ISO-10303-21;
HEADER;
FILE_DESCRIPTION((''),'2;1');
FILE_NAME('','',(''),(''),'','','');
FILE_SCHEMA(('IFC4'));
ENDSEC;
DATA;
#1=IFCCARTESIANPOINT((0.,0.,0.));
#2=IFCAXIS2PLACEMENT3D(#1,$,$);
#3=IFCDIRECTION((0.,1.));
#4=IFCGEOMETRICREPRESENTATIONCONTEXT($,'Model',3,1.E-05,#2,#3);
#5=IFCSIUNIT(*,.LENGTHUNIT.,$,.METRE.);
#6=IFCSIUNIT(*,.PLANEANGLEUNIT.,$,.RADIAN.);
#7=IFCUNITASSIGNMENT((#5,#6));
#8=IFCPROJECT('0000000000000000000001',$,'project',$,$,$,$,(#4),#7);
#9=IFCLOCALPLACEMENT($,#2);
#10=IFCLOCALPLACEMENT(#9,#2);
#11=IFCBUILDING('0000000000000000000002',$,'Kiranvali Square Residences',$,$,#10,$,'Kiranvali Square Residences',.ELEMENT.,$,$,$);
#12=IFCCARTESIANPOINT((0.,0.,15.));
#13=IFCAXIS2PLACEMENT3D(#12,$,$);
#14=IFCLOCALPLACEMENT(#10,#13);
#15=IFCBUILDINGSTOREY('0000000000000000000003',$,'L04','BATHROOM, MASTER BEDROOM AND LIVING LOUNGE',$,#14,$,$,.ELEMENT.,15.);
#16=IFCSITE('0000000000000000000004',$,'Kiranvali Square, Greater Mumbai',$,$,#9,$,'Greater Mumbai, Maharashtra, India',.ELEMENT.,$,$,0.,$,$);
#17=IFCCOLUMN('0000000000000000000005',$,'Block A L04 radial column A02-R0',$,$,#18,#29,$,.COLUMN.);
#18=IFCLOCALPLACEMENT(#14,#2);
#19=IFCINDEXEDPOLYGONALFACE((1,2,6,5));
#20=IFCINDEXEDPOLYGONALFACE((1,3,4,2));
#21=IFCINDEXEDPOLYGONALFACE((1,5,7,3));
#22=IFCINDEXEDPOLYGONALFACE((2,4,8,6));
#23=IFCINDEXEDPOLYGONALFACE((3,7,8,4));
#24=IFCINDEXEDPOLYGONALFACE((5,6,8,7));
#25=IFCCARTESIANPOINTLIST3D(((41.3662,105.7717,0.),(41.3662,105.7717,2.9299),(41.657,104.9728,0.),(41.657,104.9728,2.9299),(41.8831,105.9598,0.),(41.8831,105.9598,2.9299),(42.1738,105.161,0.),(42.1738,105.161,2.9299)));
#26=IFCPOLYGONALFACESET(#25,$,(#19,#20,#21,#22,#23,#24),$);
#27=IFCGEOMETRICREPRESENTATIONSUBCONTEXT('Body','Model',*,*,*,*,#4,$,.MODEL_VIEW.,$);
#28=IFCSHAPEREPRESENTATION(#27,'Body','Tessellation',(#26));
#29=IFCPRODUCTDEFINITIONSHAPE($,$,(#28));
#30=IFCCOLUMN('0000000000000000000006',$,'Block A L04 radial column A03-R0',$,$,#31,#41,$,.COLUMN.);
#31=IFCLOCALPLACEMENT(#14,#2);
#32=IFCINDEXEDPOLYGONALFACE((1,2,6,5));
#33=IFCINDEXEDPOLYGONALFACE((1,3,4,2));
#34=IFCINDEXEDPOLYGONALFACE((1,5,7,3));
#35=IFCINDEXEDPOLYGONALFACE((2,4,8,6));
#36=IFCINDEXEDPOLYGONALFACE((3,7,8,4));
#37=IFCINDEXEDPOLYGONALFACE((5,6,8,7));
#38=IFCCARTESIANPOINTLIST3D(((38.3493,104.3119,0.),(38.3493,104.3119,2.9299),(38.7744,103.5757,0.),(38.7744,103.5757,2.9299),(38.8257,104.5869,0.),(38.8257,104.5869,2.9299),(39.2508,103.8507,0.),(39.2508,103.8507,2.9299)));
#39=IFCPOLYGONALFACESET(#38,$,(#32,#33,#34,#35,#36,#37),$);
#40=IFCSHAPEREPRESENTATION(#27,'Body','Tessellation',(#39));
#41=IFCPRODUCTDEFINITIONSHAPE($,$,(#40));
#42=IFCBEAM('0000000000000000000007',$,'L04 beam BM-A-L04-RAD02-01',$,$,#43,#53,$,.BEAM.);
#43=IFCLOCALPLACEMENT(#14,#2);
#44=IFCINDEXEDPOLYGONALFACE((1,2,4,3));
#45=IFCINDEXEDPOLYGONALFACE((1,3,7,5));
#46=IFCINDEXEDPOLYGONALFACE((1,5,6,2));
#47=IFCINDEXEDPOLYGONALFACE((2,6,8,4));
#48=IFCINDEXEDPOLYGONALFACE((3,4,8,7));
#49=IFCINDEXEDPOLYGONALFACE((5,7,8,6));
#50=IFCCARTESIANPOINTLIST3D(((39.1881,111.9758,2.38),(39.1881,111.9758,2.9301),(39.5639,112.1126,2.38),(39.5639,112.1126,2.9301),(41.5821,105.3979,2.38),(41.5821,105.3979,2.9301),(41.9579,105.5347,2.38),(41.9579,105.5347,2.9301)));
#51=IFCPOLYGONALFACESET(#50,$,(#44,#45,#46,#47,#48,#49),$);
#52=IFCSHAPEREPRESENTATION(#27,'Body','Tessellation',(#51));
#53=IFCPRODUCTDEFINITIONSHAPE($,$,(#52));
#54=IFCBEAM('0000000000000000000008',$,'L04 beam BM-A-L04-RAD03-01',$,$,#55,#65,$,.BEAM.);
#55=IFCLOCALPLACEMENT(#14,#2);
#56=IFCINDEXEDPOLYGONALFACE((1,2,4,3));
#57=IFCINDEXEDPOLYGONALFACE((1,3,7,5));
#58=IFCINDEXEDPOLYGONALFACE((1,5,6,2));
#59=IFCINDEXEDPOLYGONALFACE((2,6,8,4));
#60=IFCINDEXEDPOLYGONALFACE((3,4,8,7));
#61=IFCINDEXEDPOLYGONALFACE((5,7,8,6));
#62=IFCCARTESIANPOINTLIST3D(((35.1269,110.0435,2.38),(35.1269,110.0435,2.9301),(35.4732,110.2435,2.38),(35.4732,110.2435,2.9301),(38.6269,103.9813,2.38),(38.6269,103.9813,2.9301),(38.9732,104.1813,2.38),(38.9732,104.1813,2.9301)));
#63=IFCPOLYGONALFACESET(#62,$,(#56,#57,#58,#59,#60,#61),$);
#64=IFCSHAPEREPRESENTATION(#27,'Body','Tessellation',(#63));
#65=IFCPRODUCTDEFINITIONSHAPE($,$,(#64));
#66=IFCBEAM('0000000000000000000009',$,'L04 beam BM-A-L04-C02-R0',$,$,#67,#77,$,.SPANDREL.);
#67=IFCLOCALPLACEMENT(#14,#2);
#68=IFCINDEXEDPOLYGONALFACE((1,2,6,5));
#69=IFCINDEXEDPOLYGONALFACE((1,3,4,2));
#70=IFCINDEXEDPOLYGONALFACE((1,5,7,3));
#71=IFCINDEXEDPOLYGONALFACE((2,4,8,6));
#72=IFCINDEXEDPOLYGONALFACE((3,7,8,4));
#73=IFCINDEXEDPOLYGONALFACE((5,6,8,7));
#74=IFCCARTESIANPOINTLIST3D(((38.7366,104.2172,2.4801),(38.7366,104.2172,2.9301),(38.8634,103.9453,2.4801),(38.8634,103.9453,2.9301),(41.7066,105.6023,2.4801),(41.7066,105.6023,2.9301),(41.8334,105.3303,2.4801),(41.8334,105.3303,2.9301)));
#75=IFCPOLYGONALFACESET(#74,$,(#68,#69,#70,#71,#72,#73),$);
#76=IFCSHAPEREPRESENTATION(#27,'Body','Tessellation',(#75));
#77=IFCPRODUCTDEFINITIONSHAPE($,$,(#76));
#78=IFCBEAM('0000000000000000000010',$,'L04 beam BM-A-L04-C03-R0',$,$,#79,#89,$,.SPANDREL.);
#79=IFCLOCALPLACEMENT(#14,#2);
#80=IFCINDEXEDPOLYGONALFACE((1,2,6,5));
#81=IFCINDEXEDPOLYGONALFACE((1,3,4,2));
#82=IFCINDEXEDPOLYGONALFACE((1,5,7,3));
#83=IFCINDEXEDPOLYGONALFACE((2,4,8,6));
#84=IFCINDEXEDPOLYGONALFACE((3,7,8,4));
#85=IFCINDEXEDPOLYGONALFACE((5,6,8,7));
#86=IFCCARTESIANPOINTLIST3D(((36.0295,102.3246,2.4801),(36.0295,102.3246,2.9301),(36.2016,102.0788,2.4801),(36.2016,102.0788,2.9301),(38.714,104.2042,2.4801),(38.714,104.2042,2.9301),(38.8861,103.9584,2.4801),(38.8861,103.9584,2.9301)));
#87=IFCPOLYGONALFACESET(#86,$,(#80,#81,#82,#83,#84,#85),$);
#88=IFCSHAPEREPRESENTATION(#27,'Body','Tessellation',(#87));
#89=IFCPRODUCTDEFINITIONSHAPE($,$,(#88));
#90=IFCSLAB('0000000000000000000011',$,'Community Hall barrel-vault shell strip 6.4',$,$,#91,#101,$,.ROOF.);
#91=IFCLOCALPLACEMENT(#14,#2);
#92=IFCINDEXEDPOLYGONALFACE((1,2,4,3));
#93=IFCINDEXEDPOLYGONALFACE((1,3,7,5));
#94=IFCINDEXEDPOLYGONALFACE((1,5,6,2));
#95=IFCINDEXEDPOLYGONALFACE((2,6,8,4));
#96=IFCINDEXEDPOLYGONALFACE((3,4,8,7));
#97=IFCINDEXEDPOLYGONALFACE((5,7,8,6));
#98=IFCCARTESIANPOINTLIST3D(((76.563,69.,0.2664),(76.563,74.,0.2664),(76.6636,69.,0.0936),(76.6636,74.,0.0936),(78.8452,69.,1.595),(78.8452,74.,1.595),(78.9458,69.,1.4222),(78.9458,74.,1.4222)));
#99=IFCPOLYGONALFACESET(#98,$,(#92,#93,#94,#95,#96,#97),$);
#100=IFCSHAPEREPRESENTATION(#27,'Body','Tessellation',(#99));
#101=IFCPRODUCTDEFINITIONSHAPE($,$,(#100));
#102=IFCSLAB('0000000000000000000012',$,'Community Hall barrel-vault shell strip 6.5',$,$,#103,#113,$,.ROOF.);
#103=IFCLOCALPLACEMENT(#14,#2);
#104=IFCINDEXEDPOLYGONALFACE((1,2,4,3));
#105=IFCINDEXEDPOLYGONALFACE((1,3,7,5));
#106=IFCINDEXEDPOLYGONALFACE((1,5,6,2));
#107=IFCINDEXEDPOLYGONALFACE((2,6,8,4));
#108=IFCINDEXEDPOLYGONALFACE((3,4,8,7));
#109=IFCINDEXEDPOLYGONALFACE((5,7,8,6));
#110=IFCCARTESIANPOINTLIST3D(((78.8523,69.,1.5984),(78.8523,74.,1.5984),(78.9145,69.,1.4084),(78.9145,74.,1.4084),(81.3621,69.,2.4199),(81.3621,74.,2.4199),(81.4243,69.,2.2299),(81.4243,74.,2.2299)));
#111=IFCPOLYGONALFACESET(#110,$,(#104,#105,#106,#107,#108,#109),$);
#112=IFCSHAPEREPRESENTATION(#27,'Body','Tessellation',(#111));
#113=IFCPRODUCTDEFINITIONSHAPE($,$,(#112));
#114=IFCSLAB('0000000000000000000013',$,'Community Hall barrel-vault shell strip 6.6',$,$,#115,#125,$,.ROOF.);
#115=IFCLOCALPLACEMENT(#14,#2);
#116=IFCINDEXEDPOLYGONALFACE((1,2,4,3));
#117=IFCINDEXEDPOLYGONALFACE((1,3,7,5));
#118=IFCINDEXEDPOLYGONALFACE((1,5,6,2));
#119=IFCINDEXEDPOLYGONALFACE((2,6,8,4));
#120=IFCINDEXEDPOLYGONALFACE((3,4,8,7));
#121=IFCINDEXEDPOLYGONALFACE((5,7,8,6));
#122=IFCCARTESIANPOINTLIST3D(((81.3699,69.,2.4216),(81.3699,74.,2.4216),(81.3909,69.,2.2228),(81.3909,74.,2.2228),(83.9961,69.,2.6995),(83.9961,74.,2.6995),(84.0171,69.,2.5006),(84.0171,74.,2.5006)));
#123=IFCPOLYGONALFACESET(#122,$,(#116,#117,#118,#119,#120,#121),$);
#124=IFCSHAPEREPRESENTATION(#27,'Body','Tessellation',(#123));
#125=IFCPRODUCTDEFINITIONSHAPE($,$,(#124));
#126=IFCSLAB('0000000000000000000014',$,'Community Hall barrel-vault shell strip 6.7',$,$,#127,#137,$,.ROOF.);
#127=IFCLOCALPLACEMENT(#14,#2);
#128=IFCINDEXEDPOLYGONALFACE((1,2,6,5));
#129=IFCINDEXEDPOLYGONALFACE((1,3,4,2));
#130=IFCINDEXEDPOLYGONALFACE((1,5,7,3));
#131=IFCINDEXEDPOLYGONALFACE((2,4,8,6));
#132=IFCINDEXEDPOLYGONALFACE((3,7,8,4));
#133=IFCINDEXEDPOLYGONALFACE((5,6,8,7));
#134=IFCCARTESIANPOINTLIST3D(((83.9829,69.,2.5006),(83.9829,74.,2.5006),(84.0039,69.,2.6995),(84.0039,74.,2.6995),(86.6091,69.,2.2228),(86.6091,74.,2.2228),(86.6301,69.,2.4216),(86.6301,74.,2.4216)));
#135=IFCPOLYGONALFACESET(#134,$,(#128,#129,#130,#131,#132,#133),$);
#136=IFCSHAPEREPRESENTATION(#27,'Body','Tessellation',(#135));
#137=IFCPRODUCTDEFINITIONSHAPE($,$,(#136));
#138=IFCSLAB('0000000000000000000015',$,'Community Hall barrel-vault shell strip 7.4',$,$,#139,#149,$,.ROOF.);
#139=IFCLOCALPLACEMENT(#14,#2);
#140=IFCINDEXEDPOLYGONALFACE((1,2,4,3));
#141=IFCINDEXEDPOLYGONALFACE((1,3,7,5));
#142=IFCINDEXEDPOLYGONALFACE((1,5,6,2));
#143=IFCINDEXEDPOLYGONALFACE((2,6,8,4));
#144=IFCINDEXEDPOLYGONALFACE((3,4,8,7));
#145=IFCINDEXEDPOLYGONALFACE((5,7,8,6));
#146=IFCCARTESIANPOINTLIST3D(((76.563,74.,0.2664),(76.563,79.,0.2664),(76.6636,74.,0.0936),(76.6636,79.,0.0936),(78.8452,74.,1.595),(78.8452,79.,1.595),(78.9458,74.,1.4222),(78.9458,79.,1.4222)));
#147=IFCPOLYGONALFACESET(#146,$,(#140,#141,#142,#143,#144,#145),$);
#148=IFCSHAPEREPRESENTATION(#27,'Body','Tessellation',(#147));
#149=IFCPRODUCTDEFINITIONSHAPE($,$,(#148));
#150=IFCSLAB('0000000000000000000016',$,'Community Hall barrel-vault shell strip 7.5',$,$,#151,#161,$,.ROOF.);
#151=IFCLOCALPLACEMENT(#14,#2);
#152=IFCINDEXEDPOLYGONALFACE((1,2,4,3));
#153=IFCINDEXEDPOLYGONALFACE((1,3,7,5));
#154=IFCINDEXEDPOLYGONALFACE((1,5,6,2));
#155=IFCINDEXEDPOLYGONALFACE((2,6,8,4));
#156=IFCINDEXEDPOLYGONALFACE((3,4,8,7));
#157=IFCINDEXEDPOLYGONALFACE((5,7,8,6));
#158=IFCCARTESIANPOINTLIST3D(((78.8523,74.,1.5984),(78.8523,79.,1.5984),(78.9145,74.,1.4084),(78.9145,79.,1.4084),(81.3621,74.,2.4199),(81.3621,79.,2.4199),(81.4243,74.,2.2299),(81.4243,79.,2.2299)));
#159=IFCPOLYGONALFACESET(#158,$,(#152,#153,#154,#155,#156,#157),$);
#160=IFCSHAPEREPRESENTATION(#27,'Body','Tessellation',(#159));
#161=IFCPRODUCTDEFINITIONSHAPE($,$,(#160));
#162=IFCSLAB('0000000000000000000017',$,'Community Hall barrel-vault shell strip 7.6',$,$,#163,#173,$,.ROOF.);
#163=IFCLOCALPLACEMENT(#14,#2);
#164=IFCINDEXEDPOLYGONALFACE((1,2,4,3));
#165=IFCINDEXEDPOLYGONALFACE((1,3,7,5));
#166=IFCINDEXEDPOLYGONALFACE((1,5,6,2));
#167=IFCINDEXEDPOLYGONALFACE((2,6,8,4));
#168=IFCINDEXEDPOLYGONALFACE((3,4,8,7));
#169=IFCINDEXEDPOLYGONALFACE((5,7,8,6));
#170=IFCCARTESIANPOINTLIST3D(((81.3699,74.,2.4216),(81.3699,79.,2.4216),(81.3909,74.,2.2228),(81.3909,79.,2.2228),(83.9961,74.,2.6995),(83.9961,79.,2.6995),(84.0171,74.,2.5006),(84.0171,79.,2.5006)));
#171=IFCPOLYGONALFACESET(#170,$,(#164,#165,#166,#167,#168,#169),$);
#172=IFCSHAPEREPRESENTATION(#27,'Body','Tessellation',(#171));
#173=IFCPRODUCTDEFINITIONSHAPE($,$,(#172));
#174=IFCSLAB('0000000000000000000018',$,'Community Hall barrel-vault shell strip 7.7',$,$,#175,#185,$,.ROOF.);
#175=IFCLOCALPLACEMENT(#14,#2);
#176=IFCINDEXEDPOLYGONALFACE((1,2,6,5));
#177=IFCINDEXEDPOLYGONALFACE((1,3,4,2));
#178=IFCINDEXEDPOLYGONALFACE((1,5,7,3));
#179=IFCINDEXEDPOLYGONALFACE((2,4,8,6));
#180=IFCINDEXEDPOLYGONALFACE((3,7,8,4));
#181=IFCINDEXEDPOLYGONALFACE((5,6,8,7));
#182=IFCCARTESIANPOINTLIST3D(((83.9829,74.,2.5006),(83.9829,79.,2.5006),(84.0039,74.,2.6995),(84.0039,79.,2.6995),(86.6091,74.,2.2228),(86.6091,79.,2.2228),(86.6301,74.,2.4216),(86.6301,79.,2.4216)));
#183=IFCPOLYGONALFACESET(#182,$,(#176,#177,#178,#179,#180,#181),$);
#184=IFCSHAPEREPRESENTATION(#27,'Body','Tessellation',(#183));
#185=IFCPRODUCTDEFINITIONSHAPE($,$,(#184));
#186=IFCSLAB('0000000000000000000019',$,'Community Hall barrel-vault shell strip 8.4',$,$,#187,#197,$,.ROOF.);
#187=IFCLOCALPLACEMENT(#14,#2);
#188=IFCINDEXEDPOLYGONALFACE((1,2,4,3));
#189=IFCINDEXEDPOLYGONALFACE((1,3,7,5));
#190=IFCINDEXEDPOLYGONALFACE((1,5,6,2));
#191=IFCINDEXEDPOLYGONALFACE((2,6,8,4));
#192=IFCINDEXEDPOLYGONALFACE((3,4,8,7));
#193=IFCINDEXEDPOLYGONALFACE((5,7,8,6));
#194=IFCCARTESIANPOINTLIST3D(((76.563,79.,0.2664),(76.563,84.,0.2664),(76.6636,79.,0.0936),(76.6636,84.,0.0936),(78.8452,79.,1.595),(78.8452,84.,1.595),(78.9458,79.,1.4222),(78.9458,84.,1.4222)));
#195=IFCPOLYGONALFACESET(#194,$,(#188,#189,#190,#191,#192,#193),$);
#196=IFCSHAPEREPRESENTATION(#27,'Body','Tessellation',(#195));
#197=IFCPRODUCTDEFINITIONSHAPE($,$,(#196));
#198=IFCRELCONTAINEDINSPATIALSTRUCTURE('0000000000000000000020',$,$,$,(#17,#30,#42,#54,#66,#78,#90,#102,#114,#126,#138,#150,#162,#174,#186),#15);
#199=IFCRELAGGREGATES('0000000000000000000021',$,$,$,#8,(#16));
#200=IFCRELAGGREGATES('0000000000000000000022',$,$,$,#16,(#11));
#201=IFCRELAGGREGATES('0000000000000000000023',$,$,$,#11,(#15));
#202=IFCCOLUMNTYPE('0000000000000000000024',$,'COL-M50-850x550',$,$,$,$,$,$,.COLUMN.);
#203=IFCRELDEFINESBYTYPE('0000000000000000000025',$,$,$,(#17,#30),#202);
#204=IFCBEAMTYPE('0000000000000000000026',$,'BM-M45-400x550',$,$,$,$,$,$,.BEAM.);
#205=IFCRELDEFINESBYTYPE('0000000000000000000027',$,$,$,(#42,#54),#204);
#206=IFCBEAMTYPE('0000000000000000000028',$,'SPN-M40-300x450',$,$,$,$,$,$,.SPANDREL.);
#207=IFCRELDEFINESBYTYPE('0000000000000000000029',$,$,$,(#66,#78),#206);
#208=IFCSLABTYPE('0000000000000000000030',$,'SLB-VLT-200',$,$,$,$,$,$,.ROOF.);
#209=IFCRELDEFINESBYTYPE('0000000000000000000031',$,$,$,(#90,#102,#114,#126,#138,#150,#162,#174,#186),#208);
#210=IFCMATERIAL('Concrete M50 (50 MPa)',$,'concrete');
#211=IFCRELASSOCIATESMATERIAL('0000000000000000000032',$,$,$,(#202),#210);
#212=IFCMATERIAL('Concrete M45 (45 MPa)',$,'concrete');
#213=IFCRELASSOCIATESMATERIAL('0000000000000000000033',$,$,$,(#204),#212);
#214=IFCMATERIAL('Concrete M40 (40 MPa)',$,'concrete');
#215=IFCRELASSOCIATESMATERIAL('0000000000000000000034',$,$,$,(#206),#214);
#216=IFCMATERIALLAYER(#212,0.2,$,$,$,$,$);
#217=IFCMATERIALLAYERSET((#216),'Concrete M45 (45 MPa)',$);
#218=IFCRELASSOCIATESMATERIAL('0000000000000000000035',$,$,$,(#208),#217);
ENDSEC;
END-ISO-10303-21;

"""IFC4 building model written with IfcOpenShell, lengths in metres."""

from ifc_helpers import new_model, si_unit, direction, frame, origin, origin_2d, place, context, subcontext, project, spatial, polyline, rectangle, outline, extrude, material, layer, layer_set, material_profile, profile_set, type_object, element, save


model = new_model("IFC4")

# Units and contexts
model_context = context("Model", 3, precision=1e-05, world=origin(), true_north=direction((0.0, 1.0)))
body_context = subcontext(model_context, "Body", "Model", "MODEL_VIEW")
ifc_project = project(units=[si_unit("LENGTHUNIT", "METRE"), si_unit("PLANEANGLEUNIT", "RADIAN")], contexts=[model_context])

# Site, building, storey
site_placement = place(None, origin())
site = spatial("IfcSite", under=ifc_project, at=site_placement, Name="Kiranvali Square, Greater Mumbai", LongName="Greater Mumbai, Maharashtra, India", CompositionType="ELEMENT", RefElevation=0.0)
building_placement = place(site_placement, origin())
building = spatial("IfcBuilding", under=site, at=building_placement, Name="Kiranvali Square Residences", LongName="Kiranvali Square Residences", CompositionType="ELEMENT")
storey_placement = place(building_placement, frame((0.0, 0.0, 15.0)))
storey = spatial("IfcBuildingStorey", under=building, at=storey_placement, Name="L04", Description="BATHROOM, MASTER BEDROOM AND LIVING LOUNGE", CompositionType="ELEMENT", Elevation=15.0)

# Columns
ifc_material_1 = material(Name="Concrete M50 (50 MPa)", Category="concrete")
ifc_material_profile_1 = material_profile(ifc_material_1, rectangle(XDim=0.55, YDim=0.8501, at=origin_2d()), Name="RC 850x550")
ifc_profile_set_1 = profile_set([ifc_material_profile_1], Name="Concrete M50 (50 MPa)")
column_type = type_object("IfcColumnType", Name="COL-M50-850x550", PredefinedType="COLUMN", material=ifc_profile_set_1)
for number, where, z_axis, x_axis, name in (
    (1, (41.77, 105.4663, 0.0), (0.0, 0.0, 1.0), (0.939693, 0.34202, 0.0), "Block A L04 radial column A02-R0"),
    (2, (38.8, 104.0813, 0.0), (0.0, 0.0, 1.0), (0.866025, 0.5, 0.0), "Block A L04 radial column A03-R0"),
):
    element("IfcColumn", number, at=place(storey_placement, frame(where, z_axis=z_axis, x_axis=x_axis)), inside=storey, type_object=column_type, Name=name, PredefinedType="COLUMN", context=body_context, shape_type="SweptSolid", body=[
        extrude(rectangle(XDim=0.55, YDim=0.8501, at=origin_2d()), origin(), (0.0, 0.0, 1.0), 2.9299),
    ])

# Beams
ifc_material_2 = material(Name="Concrete M45 (45 MPa)", Category="concrete")
ifc_material_profile_2 = material_profile(ifc_material_2, rectangle(XDim=0.3999, YDim=0.55, at=origin_2d()), Name="RC 400x550")
ifc_profile_set_2 = profile_set([ifc_material_profile_2], Name="Concrete M45 (45 MPa)")
beam_type_1 = type_object("IfcBeamType", Name="BM-M45-400x550", PredefinedType="BEAM", material=ifc_profile_set_2)
for number, where, z_axis, x_axis, name in (
    (3, (41.77, 105.4663, 2.655), (-0.342006, 0.939698, 0.0), (-0.939698, -0.342006, 0.0), "L04 beam BM-A-L04-RAD02-01"),
    (4, (38.8, 104.0813, 2.655), (-0.499995, 0.866028, 0.0), (-0.866028, -0.499995, 0.0), "L04 beam BM-A-L04-RAD03-01"),
):
    element("IfcBeam", number, at=place(storey_placement, frame(where, z_axis=z_axis, x_axis=x_axis)), inside=storey, type_object=beam_type_1, Name=name, PredefinedType="BEAM", context=body_context, shape_type="SweptSolid", body=[
        extrude(rectangle(XDim=0.3999, YDim=0.55, at=origin_2d()), origin(), (0.0, 0.0, 1.0), 7.0),
    ])
ifc_material_3 = material(Name="Concrete M40 (40 MPa)", Category="concrete")
ifc_material_profile_3 = material_profile(ifc_material_3, rectangle(XDim=0.3, YDim=0.45, at=origin_2d()), Name="RC 300x450")
ifc_profile_set_3 = profile_set([ifc_material_profile_3], Name="Concrete M40 (40 MPa)")
beam_type_2 = type_object("IfcBeamType", Name="SPN-M40-300x450", PredefinedType="SPANDREL", material=ifc_profile_set_3)
for number, where, z_axis, x_axis, name in (
    (5, (41.77, 105.4663, 2.7051), (-0.906297, -0.422641, 0.0), (0.422641, -0.906297, 0.0), "L04 beam BM-A-L04-C02-R0"),
    (6, (38.8, 104.0813, 2.7051), (-0.819169, -0.573552, 0.0), (0.573552, -0.819169, 0.0), "L04 beam BM-A-L04-C03-R0"),
):
    element("IfcBeam", number, at=place(storey_placement, frame(where, z_axis=z_axis, x_axis=x_axis)), inside=storey, type_object=beam_type_2, Name=name, PredefinedType="SPANDREL", context=body_context, shape_type="SweptSolid", body=[
        extrude(rectangle(XDim=0.3, YDim=0.45, at=origin_2d()), origin(), (0.0, 0.0, 1.0), 3.2771),
    ])

# Slabs
ifc_layer_1 = layer(ifc_material_2, 0.2)
ifc_layer_set_1 = layer_set([ifc_layer_1], Name="Concrete M45 (45 MPa)")
slab_type = type_object("IfcSlabType", Name="SLB-VLT-200", PredefinedType="ROOF", material=ifc_layer_set_1)
slab_1_placement = place(storey_placement, frame((76.563, 69.0, 0.2664), z_axis=(-0.503112, 0.0, 0.864221), x_axis=(0.864221, 0.0, 0.503112)))
element("IfcSlab", 7, at=slab_1_placement, inside=storey, type_object=slab_type, Name="Community Hall barrel-vault shell strip 6.4", PredefinedType="ROOF", context=body_context, shape_type="SweptSolid", body=[
    extrude(outline(polyline([(0.0, 0.0), (2.6408, 0.0), (2.6408, 5.0), (0.0, 5.0), (0.0, 0.0)])), origin(), (0.0, 0.0, -1.0), 0.2),
])
slab_2_placement = place(storey_placement, frame((78.8523, 69.0, 1.5984), z_axis=(-0.311092, 0.0, 0.95038), x_axis=(0.95038, 0.0, 0.311092)))
element("IfcSlab", 8, at=slab_2_placement, inside=storey, type_object=slab_type, Name="Community Hall barrel-vault shell strip 6.5", PredefinedType="ROOF", context=body_context, shape_type="SweptSolid", body=[
    extrude(outline(polyline([(0.0, 0.0), (2.6408, 0.0), (2.6408, 5.0), (0.0, 5.0), (0.0, 0.0)])), origin(), (0.0, 0.0, -1.0), 0.2),
])
for number, where, z_axis, x_axis, name in (
    (9, (81.3699, 69.0, 2.4216), (-0.105204, 0.0, 0.994451), (0.994451, 0.0, 0.105204), "Community Hall barrel-vault shell strip 6.6"),
    (10, (84.0039, 69.0, 2.6995), (0.105204, 0.0, 0.994451), (0.994451, 0.0, -0.105204), "Community Hall barrel-vault shell strip 6.7"),
):
    element("IfcSlab", number, at=place(storey_placement, frame(where, z_axis=z_axis, x_axis=x_axis)), inside=storey, type_object=slab_type, Name=name, PredefinedType="ROOF", context=body_context, shape_type="SweptSolid", body=[
        extrude(outline(polyline([(0.0, 0.0), (2.6409, 0.0), (2.6409, 5.0), (0.0, 5.0), (0.0, 0.0)])), origin(), (0.0, 0.0, -1.0), 0.2),
    ])
slab_3_placement = place(storey_placement, frame((76.563, 74.0, 0.2664), z_axis=(-0.503112, 0.0, 0.864221), x_axis=(0.864221, 0.0, 0.503112)))
element("IfcSlab", 11, at=slab_3_placement, inside=storey, type_object=slab_type, Name="Community Hall barrel-vault shell strip 7.4", PredefinedType="ROOF", context=body_context, shape_type="SweptSolid", body=[
    extrude(outline(polyline([(0.0, 0.0), (2.6408, 0.0), (2.6408, 5.0), (0.0, 5.0), (0.0, 0.0)])), origin(), (0.0, 0.0, -1.0), 0.2),
])
slab_4_placement = place(storey_placement, frame((78.8523, 74.0, 1.5984), z_axis=(-0.311092, 0.0, 0.95038), x_axis=(0.95038, 0.0, 0.311092)))
element("IfcSlab", 12, at=slab_4_placement, inside=storey, type_object=slab_type, Name="Community Hall barrel-vault shell strip 7.5", PredefinedType="ROOF", context=body_context, shape_type="SweptSolid", body=[
    extrude(outline(polyline([(0.0, 0.0), (2.6408, 0.0), (2.6408, 5.0), (0.0, 5.0), (0.0, 0.0)])), origin(), (0.0, 0.0, -1.0), 0.2),
])
for number, where, z_axis, x_axis, name in (
    (13, (81.3699, 74.0, 2.4216), (-0.105204, 0.0, 0.994451), (0.994451, 0.0, 0.105204), "Community Hall barrel-vault shell strip 7.6"),
    (14, (84.0039, 74.0, 2.6995), (0.105204, 0.0, 0.994451), (0.994451, 0.0, -0.105204), "Community Hall barrel-vault shell strip 7.7"),
):
    element("IfcSlab", number, at=place(storey_placement, frame(where, z_axis=z_axis, x_axis=x_axis)), inside=storey, type_object=slab_type, Name=name, PredefinedType="ROOF", context=body_context, shape_type="SweptSolid", body=[
        extrude(outline(polyline([(0.0, 0.0), (2.6409, 0.0), (2.6409, 5.0), (0.0, 5.0), (0.0, 0.0)])), origin(), (0.0, 0.0, -1.0), 0.2),
    ])
slab_5_placement = place(storey_placement, frame((76.563, 79.0, 0.2664), z_axis=(-0.503112, 0.0, 0.864221), x_axis=(0.864221, 0.0, 0.503112)))
element("IfcSlab", 15, at=slab_5_placement, inside=storey, type_object=slab_type, Name="Community Hall barrel-vault shell strip 8.4", PredefinedType="ROOF", context=body_context, shape_type="SweptSolid", body=[
    extrude(outline(polyline([(0.0, 0.0), (2.6408, 0.0), (2.6408, 5.0), (0.0, 5.0), (0.0, 0.0)])), origin(), (0.0, 0.0, -1.0), 0.2),
])

save(model, "model.ifc")
